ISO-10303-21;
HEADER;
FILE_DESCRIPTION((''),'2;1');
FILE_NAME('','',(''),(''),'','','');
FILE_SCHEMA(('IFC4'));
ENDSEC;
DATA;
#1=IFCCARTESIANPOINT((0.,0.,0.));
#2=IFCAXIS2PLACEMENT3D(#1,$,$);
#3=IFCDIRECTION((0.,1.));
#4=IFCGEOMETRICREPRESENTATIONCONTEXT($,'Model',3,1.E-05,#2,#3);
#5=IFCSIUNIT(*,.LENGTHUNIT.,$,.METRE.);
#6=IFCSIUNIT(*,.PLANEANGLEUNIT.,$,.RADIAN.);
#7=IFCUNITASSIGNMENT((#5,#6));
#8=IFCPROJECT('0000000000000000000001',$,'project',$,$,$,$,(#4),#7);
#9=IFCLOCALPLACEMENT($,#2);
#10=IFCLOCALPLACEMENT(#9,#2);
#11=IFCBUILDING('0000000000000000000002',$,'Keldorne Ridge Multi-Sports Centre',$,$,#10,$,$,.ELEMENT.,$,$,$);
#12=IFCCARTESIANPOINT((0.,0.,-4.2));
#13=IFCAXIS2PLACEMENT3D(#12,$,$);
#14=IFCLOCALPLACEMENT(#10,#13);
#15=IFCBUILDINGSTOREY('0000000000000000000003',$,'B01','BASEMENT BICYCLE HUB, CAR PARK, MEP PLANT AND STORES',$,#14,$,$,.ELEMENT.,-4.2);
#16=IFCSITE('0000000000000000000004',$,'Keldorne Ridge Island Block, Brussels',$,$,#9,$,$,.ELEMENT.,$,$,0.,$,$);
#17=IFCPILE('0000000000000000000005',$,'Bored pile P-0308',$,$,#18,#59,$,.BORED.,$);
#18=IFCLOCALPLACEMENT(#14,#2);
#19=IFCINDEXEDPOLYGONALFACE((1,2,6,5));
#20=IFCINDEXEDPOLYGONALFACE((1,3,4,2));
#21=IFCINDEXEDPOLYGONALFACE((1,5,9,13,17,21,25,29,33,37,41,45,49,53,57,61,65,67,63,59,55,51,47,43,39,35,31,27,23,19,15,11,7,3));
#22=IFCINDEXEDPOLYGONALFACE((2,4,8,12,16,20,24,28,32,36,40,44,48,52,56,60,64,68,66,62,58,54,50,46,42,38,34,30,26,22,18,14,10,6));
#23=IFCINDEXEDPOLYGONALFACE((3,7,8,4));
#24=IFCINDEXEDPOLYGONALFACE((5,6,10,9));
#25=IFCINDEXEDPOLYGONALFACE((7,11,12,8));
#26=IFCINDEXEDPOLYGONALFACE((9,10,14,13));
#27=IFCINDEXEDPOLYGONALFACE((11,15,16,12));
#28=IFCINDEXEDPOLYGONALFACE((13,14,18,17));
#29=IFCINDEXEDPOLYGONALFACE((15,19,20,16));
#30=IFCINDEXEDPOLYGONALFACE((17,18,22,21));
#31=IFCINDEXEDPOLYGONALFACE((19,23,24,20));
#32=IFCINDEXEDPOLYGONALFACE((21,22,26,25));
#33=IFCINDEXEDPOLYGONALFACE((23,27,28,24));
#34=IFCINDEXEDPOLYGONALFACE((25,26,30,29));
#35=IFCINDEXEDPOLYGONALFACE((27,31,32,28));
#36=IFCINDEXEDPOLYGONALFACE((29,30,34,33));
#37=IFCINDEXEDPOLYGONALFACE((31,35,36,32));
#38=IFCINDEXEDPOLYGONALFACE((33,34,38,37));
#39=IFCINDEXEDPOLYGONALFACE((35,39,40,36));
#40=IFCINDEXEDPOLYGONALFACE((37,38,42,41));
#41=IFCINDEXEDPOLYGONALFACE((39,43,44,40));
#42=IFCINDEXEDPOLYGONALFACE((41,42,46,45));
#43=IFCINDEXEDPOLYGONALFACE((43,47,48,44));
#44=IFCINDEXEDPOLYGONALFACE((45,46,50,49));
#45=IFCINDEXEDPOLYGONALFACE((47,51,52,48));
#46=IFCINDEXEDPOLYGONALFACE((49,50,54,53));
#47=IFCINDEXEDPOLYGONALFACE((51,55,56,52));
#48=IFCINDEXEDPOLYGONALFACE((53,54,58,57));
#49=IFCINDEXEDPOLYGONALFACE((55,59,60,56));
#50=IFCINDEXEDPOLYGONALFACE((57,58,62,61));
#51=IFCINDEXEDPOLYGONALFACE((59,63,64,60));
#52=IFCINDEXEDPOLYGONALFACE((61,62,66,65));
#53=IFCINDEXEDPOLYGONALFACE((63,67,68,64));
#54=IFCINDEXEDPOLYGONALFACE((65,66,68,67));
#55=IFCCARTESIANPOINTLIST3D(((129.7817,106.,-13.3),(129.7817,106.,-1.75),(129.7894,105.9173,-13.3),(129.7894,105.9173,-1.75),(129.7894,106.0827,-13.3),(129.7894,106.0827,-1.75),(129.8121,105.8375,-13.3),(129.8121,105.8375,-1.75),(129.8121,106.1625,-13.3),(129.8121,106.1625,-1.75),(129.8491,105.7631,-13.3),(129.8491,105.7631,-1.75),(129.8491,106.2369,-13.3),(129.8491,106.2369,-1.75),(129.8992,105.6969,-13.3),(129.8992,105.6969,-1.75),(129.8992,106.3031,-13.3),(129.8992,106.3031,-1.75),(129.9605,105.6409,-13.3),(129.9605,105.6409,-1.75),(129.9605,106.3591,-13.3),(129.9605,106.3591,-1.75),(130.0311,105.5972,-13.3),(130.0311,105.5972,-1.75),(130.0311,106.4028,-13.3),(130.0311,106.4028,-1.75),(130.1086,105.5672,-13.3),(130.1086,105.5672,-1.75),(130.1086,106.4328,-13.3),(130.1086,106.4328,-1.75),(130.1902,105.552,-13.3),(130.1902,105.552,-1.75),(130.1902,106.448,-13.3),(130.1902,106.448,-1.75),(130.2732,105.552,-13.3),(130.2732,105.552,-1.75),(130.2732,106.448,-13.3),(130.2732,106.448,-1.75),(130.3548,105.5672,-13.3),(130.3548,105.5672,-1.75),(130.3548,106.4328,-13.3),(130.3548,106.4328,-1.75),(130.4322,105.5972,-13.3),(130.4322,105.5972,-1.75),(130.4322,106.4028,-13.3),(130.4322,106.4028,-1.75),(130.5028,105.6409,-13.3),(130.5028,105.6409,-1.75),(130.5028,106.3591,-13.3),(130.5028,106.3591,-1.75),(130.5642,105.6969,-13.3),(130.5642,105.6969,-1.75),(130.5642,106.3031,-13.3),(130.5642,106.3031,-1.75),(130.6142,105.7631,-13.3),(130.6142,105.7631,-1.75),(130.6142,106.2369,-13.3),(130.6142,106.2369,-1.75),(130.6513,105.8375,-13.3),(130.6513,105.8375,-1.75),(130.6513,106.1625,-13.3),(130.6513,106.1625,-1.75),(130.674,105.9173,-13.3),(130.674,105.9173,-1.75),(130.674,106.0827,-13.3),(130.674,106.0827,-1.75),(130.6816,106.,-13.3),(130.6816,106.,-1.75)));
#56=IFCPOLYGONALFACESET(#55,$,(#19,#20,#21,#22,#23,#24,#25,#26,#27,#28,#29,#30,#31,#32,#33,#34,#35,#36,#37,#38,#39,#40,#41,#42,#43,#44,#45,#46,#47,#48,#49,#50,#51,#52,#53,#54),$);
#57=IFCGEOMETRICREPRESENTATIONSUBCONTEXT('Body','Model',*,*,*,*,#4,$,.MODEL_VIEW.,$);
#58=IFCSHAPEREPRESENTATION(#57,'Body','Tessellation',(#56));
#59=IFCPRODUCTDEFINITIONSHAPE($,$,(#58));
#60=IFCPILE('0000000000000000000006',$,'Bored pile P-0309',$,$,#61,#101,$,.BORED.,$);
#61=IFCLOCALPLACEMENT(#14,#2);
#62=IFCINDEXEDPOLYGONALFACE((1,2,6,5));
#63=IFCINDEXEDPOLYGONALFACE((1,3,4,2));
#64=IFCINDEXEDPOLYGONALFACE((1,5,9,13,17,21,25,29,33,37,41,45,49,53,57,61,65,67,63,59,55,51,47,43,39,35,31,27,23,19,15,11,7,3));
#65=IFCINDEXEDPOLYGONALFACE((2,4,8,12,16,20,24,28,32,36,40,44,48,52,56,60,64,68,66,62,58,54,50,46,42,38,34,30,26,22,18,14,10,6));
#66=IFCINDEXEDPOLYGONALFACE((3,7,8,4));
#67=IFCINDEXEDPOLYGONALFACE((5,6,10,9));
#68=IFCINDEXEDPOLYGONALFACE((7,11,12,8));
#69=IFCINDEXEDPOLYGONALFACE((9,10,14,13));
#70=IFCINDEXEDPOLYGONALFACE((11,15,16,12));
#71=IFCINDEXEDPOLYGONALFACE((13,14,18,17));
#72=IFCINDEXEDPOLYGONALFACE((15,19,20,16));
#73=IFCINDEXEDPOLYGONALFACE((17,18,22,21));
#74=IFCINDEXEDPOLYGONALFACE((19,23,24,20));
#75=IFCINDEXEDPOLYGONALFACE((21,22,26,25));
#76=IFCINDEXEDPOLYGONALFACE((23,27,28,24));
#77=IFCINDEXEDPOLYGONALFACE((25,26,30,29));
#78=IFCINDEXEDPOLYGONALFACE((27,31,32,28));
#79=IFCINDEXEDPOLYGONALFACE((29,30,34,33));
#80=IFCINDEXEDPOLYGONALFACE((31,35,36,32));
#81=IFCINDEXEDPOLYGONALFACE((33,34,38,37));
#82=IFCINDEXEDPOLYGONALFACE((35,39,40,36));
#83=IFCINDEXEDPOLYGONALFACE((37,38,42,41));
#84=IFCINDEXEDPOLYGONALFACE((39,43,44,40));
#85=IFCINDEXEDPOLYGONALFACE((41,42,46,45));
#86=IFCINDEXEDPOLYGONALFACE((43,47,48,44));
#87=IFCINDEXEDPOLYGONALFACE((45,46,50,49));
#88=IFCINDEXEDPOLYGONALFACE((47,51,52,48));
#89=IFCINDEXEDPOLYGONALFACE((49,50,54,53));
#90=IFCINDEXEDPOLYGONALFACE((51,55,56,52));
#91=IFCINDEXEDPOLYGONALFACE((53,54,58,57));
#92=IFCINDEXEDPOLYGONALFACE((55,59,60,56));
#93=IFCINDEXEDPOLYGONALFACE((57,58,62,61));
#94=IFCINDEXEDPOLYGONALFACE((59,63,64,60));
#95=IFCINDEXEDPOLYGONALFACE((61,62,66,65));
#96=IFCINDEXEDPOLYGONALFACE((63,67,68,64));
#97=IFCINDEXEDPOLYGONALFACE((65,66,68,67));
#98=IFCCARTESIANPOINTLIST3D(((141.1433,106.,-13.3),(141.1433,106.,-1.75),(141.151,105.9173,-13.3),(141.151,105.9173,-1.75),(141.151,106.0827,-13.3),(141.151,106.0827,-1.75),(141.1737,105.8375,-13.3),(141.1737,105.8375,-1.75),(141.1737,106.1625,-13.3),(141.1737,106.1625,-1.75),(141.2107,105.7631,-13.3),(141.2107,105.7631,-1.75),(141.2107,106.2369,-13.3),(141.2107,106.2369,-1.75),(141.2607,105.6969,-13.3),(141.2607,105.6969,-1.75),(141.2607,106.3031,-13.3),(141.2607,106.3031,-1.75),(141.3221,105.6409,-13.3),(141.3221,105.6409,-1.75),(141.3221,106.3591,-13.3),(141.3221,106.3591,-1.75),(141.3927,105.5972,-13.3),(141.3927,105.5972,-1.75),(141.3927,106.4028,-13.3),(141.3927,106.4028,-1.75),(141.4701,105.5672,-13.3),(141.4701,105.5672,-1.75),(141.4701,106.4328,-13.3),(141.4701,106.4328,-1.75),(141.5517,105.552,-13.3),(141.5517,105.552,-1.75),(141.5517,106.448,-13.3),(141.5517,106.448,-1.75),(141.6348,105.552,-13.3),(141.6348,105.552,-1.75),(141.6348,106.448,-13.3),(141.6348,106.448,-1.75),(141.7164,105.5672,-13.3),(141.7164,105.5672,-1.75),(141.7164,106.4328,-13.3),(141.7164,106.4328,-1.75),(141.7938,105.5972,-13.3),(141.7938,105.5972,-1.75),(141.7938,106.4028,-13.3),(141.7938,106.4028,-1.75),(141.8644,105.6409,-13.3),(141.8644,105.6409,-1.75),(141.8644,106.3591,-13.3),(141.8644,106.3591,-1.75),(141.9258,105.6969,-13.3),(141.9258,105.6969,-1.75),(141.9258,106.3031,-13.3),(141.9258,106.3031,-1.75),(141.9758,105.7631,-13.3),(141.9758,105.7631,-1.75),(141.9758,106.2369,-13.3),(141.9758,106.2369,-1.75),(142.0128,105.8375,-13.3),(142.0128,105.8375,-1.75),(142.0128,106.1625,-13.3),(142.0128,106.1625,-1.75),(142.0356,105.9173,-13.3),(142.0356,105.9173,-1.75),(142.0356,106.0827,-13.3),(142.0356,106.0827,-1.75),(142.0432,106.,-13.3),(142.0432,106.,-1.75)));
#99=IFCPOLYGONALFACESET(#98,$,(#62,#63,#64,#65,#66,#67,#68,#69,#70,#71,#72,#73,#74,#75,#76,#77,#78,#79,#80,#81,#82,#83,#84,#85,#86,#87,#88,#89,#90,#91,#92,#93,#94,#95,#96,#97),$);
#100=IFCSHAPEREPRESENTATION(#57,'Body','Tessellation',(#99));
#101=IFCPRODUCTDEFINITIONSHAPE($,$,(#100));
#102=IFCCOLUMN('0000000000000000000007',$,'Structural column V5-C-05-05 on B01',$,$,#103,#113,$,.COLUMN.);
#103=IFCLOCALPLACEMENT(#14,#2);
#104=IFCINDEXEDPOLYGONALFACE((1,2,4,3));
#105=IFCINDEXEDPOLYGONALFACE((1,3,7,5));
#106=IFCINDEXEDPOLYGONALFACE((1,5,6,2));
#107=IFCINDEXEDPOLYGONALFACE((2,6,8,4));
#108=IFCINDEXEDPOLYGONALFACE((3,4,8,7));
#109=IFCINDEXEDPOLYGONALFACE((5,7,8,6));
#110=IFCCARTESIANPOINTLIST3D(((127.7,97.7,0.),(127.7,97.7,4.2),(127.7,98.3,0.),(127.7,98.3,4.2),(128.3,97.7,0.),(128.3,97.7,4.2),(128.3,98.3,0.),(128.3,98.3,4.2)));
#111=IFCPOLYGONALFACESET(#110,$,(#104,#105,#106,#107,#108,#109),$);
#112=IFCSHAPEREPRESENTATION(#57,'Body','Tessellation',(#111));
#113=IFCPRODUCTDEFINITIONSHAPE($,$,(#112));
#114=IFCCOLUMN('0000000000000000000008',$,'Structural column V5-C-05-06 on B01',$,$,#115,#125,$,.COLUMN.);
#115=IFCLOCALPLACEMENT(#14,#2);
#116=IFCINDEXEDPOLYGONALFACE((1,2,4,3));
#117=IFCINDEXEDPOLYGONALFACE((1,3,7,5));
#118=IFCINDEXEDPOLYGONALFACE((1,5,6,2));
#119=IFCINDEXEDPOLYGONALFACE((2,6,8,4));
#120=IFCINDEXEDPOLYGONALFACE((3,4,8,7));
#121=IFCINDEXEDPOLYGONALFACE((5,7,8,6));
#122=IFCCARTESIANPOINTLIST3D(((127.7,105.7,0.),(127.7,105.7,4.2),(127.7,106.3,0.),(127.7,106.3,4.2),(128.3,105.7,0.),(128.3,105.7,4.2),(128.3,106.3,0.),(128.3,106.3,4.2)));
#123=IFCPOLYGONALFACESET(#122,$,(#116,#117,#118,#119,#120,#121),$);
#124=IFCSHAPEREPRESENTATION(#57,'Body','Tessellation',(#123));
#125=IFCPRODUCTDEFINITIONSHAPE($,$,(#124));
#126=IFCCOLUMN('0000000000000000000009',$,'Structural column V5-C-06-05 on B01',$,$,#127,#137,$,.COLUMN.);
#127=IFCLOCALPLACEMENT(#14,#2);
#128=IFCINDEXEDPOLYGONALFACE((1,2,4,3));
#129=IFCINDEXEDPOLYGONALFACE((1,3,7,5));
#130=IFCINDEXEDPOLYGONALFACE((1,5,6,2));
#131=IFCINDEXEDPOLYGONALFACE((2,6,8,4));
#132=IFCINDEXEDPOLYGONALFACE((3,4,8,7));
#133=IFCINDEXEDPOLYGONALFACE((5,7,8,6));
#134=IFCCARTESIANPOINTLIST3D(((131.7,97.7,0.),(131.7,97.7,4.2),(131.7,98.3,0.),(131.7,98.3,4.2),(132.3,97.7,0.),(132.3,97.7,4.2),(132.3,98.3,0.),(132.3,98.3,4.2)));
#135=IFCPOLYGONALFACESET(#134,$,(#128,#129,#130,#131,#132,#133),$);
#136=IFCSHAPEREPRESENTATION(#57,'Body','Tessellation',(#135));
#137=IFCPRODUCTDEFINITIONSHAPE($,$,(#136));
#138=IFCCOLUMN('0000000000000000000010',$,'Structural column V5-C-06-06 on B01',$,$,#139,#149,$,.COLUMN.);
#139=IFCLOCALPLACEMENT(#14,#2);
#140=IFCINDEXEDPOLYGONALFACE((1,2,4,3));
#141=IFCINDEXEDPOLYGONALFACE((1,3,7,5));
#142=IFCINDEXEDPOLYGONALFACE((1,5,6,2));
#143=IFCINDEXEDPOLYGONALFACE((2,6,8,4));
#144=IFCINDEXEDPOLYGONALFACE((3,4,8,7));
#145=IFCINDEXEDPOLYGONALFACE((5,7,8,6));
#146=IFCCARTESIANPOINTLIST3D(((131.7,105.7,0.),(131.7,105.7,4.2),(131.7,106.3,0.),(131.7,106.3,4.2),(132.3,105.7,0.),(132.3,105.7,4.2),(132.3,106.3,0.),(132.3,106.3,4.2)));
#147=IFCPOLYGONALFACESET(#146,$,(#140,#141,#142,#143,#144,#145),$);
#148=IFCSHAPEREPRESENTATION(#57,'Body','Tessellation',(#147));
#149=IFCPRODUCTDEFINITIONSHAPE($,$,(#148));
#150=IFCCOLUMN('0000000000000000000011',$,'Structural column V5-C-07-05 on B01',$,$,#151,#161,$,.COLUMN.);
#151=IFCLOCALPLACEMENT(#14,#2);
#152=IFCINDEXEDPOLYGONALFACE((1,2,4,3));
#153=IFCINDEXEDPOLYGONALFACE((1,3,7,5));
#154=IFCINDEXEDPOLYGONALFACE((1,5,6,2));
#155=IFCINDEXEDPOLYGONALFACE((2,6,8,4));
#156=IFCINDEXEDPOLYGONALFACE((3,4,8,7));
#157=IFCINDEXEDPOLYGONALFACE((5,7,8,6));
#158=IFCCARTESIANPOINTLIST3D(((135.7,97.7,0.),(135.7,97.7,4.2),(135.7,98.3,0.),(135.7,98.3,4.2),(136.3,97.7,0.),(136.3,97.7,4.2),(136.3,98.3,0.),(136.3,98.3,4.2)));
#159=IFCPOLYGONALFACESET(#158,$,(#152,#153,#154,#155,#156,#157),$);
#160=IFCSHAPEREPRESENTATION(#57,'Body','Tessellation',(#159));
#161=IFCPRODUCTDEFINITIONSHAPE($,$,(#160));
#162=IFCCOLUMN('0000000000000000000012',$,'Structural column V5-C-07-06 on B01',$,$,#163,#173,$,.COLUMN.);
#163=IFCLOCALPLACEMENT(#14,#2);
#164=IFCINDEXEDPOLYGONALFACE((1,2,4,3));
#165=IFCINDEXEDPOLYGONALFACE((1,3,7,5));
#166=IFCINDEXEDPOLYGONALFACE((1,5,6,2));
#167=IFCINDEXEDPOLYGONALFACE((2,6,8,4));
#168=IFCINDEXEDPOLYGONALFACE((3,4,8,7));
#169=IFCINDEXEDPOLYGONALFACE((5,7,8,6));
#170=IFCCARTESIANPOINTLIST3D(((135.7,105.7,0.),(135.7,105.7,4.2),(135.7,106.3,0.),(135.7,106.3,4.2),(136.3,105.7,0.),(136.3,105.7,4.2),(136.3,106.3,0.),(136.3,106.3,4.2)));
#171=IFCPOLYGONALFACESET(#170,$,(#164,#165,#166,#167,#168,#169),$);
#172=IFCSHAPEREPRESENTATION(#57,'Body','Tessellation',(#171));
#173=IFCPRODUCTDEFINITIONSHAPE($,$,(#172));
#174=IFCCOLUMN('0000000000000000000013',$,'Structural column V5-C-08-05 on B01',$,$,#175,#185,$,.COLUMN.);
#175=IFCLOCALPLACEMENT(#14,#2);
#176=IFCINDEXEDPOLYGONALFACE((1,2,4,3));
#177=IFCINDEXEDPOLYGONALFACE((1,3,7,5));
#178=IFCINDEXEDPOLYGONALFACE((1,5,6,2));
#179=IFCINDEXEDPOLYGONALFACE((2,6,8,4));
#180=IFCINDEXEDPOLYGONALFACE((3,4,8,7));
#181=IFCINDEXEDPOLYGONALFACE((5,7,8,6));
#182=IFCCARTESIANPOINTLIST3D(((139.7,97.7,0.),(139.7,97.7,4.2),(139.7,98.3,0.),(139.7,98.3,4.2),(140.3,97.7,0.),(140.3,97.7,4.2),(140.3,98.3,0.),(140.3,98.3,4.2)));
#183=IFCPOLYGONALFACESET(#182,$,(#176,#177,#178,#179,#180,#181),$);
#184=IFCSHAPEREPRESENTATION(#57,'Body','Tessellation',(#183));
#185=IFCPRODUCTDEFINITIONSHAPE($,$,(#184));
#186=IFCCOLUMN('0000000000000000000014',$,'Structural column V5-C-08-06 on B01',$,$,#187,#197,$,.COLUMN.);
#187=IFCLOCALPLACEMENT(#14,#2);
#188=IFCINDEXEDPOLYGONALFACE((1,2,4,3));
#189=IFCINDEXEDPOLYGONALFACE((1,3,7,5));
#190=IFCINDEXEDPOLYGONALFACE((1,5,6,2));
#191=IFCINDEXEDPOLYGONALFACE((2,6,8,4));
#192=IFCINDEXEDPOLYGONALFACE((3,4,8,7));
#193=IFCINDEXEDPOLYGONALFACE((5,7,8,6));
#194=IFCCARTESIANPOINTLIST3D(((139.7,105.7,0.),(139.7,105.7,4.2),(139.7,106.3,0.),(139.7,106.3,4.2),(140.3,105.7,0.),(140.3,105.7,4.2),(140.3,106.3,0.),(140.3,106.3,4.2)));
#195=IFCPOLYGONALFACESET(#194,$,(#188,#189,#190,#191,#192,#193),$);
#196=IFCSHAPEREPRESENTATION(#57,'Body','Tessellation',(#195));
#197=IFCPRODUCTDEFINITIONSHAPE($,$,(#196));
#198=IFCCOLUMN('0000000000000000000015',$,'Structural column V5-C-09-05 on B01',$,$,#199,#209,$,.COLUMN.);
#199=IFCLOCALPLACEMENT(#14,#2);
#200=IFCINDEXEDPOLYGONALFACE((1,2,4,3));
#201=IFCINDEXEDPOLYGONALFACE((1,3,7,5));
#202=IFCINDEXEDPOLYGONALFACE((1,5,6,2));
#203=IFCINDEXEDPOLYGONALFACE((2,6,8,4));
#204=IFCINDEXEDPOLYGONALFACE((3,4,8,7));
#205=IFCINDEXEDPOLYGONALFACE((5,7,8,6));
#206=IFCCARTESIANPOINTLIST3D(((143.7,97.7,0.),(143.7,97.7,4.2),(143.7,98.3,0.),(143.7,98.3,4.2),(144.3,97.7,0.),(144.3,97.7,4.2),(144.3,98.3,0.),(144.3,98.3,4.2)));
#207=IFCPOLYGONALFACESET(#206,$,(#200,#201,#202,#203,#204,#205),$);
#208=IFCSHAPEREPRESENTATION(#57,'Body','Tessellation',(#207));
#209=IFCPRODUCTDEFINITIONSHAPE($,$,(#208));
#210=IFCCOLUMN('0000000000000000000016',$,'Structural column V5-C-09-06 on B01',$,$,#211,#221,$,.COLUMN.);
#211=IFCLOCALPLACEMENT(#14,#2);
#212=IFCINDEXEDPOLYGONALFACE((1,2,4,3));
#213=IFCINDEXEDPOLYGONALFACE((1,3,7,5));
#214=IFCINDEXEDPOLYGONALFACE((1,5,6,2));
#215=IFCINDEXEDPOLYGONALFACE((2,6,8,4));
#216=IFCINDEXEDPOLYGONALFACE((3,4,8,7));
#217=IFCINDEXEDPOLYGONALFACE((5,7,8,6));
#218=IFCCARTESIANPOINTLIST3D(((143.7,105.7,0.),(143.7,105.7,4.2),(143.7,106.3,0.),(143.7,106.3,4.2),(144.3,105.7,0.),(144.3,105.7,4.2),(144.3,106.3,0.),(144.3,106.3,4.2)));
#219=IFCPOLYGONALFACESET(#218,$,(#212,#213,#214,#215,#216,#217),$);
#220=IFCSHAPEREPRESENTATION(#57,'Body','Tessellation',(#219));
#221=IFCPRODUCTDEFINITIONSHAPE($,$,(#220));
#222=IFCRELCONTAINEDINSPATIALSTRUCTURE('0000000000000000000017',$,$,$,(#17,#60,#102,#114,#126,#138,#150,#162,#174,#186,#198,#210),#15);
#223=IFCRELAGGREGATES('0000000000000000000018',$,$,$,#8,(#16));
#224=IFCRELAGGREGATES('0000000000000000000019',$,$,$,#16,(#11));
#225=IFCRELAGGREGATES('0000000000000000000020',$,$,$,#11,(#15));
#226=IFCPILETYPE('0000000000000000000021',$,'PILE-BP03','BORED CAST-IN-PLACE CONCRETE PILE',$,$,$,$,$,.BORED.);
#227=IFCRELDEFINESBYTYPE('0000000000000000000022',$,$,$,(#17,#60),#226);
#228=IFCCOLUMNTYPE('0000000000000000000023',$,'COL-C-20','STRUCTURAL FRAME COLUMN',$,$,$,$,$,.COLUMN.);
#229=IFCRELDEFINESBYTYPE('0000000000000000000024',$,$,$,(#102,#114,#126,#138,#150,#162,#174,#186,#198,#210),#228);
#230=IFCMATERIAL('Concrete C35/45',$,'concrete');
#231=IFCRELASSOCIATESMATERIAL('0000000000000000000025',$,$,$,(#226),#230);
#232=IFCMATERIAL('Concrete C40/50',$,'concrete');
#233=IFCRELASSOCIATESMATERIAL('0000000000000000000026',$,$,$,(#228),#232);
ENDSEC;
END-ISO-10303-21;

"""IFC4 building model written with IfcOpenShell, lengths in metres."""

from ifc_helpers import new_model, si_unit, direction, frame, origin, origin_2d, place, context, subcontext, project, spatial, rectangle, circle, extrude, material, material_profile, profile_set, type_object, element, save


model = new_model("IFC4")

# Units and contexts
model_context = context("Model", 3, precision=1e-05, world=origin(), true_north=direction((0.0, 1.0)))
body_context = subcontext(model_context, "Body", "Model", "MODEL_VIEW")
ifc_project = project(units=[si_unit("LENGTHUNIT", "METRE"), si_unit("PLANEANGLEUNIT", "RADIAN")], contexts=[model_context])

# Site, building, storey
site_placement = place(None, origin())
site = spatial("IfcSite", under=ifc_project, at=site_placement, Name="Keldorne Ridge Island Block, Brussels", CompositionType="ELEMENT", RefElevation=0.0)
building_placement = place(site_placement, origin())
building = spatial("IfcBuilding", under=site, at=building_placement, Name="Keldorne Ridge Multi-Sports Centre", CompositionType="ELEMENT")
storey_placement = place(building_placement, frame((0.0, 0.0, -4.2)))
storey = spatial("IfcBuildingStorey", under=building, at=storey_placement, Name="B01", Description="BASEMENT BICYCLE HUB, CAR PARK, MEP PLANT AND STORES", CompositionType="ELEMENT", Elevation=-4.2)

# Shared definitions
ifc_material_1 = material(Name="Concrete C35/45", Category="concrete")

# Piles
ifc_material_profile_1 = material_profile(ifc_material_1, circle(Radius=0.45, at=origin_2d()), Name="BORED PILE D900")
ifc_profile_set_1 = profile_set([ifc_material_profile_1], Name="Concrete C35/45")
pile_type = type_object("IfcPileType", Name="PILE-BP03", Description="BORED CAST-IN-PLACE CONCRETE PILE", PredefinedType="BORED", material=ifc_profile_set_1)
for number, where, z_axis, x_axis, name in (
    (1, (130.2317, 106.0, -1.75), (0.0, 0.0, -1.0), (1.0, 0.0, 0.0), "Bored pile P-0308"),
    (2, (141.5933, 106.0, -1.75), (0.0, 0.0, -1.0), (1.0, 0.0, 0.0), "Bored pile P-0309"),
):
    element("IfcPile", number, at=place(storey_placement, frame(where, z_axis=z_axis, x_axis=x_axis)), inside=storey, type_object=pile_type, Name=name, PredefinedType="BORED", context=body_context, shape_type="SweptSolid", body=[
        extrude(circle(Radius=0.45, at=origin_2d()), origin(), (0.0, 0.0, 1.0), 11.55),
    ])

# Columns
ifc_material_2 = material(Name="Concrete C40/50", Category="concrete")
ifc_material_profile_2 = material_profile(ifc_material_2, rectangle(XDim=0.6001, YDim=0.6001, at=origin_2d()), Name="RC 600x600")
ifc_profile_set_2 = profile_set([ifc_material_profile_2], Name="Concrete C40/50")
column_type = type_object("IfcColumnType", Name="COL-C-20", Description="STRUCTURAL FRAME COLUMN", PredefinedType="COLUMN", material=ifc_profile_set_2)
for number, where, z_axis, x_axis, name in (
    (3, (128.0, 98.0, 0.0), (0.0, 0.0, 1.0), (1.0, 0.0, 0.0), "Structural column V5-C-05-05 on B01"),
    (4, (128.0, 106.0, 0.0), (0.0, 0.0, 1.0), (1.0, 0.0, 0.0), "Structural column V5-C-05-06 on B01"),
    (5, (132.0, 98.0, 0.0), (0.0, 0.0, 1.0), (1.0, 0.0, 0.0), "Structural column V5-C-06-05 on B01"),
    (6, (132.0, 106.0, 0.0), (0.0, 0.0, 1.0), (1.0, 0.0, 0.0), "Structural column V5-C-06-06 on B01"),
    (7, (136.0, 98.0, 0.0), (0.0, 0.0, 1.0), (1.0, 0.0, 0.0), "Structural column V5-C-07-05 on B01"),
    (8, (136.0, 106.0, 0.0), (0.0, 0.0, 1.0), (1.0, 0.0, 0.0), "Structural column V5-C-07-06 on B01"),
    (9, (140.0, 98.0, 0.0), (0.0, 0.0, 1.0), (1.0, 0.0, 0.0), "Structural column V5-C-08-05 on B01"),
    (10, (140.0, 106.0, 0.0), (0.0, 0.0, 1.0), (1.0, 0.0, 0.0), "Structural column V5-C-08-06 on B01"),
    (11, (144.0, 98.0, 0.0), (0.0, 0.0, 1.0), (1.0, 0.0, 0.0), "Structural column V5-C-09-05 on B01"),
    (12, (144.0, 106.0, 0.0), (0.0, 0.0, 1.0), (1.0, 0.0, 0.0), "Structural column V5-C-09-06 on B01"),
):
    element("IfcColumn", number, at=place(storey_placement, frame(where, z_axis=z_axis, x_axis=x_axis)), inside=storey, type_object=column_type, Name=name, PredefinedType="COLUMN", context=body_context, shape_type="SweptSolid", body=[
        extrude(rectangle(XDim=0.6001, YDim=0.6001, at=origin_2d()), origin(), (0.0, 0.0, 1.0), 4.2),
    ])

save(model, "model.ifc")
